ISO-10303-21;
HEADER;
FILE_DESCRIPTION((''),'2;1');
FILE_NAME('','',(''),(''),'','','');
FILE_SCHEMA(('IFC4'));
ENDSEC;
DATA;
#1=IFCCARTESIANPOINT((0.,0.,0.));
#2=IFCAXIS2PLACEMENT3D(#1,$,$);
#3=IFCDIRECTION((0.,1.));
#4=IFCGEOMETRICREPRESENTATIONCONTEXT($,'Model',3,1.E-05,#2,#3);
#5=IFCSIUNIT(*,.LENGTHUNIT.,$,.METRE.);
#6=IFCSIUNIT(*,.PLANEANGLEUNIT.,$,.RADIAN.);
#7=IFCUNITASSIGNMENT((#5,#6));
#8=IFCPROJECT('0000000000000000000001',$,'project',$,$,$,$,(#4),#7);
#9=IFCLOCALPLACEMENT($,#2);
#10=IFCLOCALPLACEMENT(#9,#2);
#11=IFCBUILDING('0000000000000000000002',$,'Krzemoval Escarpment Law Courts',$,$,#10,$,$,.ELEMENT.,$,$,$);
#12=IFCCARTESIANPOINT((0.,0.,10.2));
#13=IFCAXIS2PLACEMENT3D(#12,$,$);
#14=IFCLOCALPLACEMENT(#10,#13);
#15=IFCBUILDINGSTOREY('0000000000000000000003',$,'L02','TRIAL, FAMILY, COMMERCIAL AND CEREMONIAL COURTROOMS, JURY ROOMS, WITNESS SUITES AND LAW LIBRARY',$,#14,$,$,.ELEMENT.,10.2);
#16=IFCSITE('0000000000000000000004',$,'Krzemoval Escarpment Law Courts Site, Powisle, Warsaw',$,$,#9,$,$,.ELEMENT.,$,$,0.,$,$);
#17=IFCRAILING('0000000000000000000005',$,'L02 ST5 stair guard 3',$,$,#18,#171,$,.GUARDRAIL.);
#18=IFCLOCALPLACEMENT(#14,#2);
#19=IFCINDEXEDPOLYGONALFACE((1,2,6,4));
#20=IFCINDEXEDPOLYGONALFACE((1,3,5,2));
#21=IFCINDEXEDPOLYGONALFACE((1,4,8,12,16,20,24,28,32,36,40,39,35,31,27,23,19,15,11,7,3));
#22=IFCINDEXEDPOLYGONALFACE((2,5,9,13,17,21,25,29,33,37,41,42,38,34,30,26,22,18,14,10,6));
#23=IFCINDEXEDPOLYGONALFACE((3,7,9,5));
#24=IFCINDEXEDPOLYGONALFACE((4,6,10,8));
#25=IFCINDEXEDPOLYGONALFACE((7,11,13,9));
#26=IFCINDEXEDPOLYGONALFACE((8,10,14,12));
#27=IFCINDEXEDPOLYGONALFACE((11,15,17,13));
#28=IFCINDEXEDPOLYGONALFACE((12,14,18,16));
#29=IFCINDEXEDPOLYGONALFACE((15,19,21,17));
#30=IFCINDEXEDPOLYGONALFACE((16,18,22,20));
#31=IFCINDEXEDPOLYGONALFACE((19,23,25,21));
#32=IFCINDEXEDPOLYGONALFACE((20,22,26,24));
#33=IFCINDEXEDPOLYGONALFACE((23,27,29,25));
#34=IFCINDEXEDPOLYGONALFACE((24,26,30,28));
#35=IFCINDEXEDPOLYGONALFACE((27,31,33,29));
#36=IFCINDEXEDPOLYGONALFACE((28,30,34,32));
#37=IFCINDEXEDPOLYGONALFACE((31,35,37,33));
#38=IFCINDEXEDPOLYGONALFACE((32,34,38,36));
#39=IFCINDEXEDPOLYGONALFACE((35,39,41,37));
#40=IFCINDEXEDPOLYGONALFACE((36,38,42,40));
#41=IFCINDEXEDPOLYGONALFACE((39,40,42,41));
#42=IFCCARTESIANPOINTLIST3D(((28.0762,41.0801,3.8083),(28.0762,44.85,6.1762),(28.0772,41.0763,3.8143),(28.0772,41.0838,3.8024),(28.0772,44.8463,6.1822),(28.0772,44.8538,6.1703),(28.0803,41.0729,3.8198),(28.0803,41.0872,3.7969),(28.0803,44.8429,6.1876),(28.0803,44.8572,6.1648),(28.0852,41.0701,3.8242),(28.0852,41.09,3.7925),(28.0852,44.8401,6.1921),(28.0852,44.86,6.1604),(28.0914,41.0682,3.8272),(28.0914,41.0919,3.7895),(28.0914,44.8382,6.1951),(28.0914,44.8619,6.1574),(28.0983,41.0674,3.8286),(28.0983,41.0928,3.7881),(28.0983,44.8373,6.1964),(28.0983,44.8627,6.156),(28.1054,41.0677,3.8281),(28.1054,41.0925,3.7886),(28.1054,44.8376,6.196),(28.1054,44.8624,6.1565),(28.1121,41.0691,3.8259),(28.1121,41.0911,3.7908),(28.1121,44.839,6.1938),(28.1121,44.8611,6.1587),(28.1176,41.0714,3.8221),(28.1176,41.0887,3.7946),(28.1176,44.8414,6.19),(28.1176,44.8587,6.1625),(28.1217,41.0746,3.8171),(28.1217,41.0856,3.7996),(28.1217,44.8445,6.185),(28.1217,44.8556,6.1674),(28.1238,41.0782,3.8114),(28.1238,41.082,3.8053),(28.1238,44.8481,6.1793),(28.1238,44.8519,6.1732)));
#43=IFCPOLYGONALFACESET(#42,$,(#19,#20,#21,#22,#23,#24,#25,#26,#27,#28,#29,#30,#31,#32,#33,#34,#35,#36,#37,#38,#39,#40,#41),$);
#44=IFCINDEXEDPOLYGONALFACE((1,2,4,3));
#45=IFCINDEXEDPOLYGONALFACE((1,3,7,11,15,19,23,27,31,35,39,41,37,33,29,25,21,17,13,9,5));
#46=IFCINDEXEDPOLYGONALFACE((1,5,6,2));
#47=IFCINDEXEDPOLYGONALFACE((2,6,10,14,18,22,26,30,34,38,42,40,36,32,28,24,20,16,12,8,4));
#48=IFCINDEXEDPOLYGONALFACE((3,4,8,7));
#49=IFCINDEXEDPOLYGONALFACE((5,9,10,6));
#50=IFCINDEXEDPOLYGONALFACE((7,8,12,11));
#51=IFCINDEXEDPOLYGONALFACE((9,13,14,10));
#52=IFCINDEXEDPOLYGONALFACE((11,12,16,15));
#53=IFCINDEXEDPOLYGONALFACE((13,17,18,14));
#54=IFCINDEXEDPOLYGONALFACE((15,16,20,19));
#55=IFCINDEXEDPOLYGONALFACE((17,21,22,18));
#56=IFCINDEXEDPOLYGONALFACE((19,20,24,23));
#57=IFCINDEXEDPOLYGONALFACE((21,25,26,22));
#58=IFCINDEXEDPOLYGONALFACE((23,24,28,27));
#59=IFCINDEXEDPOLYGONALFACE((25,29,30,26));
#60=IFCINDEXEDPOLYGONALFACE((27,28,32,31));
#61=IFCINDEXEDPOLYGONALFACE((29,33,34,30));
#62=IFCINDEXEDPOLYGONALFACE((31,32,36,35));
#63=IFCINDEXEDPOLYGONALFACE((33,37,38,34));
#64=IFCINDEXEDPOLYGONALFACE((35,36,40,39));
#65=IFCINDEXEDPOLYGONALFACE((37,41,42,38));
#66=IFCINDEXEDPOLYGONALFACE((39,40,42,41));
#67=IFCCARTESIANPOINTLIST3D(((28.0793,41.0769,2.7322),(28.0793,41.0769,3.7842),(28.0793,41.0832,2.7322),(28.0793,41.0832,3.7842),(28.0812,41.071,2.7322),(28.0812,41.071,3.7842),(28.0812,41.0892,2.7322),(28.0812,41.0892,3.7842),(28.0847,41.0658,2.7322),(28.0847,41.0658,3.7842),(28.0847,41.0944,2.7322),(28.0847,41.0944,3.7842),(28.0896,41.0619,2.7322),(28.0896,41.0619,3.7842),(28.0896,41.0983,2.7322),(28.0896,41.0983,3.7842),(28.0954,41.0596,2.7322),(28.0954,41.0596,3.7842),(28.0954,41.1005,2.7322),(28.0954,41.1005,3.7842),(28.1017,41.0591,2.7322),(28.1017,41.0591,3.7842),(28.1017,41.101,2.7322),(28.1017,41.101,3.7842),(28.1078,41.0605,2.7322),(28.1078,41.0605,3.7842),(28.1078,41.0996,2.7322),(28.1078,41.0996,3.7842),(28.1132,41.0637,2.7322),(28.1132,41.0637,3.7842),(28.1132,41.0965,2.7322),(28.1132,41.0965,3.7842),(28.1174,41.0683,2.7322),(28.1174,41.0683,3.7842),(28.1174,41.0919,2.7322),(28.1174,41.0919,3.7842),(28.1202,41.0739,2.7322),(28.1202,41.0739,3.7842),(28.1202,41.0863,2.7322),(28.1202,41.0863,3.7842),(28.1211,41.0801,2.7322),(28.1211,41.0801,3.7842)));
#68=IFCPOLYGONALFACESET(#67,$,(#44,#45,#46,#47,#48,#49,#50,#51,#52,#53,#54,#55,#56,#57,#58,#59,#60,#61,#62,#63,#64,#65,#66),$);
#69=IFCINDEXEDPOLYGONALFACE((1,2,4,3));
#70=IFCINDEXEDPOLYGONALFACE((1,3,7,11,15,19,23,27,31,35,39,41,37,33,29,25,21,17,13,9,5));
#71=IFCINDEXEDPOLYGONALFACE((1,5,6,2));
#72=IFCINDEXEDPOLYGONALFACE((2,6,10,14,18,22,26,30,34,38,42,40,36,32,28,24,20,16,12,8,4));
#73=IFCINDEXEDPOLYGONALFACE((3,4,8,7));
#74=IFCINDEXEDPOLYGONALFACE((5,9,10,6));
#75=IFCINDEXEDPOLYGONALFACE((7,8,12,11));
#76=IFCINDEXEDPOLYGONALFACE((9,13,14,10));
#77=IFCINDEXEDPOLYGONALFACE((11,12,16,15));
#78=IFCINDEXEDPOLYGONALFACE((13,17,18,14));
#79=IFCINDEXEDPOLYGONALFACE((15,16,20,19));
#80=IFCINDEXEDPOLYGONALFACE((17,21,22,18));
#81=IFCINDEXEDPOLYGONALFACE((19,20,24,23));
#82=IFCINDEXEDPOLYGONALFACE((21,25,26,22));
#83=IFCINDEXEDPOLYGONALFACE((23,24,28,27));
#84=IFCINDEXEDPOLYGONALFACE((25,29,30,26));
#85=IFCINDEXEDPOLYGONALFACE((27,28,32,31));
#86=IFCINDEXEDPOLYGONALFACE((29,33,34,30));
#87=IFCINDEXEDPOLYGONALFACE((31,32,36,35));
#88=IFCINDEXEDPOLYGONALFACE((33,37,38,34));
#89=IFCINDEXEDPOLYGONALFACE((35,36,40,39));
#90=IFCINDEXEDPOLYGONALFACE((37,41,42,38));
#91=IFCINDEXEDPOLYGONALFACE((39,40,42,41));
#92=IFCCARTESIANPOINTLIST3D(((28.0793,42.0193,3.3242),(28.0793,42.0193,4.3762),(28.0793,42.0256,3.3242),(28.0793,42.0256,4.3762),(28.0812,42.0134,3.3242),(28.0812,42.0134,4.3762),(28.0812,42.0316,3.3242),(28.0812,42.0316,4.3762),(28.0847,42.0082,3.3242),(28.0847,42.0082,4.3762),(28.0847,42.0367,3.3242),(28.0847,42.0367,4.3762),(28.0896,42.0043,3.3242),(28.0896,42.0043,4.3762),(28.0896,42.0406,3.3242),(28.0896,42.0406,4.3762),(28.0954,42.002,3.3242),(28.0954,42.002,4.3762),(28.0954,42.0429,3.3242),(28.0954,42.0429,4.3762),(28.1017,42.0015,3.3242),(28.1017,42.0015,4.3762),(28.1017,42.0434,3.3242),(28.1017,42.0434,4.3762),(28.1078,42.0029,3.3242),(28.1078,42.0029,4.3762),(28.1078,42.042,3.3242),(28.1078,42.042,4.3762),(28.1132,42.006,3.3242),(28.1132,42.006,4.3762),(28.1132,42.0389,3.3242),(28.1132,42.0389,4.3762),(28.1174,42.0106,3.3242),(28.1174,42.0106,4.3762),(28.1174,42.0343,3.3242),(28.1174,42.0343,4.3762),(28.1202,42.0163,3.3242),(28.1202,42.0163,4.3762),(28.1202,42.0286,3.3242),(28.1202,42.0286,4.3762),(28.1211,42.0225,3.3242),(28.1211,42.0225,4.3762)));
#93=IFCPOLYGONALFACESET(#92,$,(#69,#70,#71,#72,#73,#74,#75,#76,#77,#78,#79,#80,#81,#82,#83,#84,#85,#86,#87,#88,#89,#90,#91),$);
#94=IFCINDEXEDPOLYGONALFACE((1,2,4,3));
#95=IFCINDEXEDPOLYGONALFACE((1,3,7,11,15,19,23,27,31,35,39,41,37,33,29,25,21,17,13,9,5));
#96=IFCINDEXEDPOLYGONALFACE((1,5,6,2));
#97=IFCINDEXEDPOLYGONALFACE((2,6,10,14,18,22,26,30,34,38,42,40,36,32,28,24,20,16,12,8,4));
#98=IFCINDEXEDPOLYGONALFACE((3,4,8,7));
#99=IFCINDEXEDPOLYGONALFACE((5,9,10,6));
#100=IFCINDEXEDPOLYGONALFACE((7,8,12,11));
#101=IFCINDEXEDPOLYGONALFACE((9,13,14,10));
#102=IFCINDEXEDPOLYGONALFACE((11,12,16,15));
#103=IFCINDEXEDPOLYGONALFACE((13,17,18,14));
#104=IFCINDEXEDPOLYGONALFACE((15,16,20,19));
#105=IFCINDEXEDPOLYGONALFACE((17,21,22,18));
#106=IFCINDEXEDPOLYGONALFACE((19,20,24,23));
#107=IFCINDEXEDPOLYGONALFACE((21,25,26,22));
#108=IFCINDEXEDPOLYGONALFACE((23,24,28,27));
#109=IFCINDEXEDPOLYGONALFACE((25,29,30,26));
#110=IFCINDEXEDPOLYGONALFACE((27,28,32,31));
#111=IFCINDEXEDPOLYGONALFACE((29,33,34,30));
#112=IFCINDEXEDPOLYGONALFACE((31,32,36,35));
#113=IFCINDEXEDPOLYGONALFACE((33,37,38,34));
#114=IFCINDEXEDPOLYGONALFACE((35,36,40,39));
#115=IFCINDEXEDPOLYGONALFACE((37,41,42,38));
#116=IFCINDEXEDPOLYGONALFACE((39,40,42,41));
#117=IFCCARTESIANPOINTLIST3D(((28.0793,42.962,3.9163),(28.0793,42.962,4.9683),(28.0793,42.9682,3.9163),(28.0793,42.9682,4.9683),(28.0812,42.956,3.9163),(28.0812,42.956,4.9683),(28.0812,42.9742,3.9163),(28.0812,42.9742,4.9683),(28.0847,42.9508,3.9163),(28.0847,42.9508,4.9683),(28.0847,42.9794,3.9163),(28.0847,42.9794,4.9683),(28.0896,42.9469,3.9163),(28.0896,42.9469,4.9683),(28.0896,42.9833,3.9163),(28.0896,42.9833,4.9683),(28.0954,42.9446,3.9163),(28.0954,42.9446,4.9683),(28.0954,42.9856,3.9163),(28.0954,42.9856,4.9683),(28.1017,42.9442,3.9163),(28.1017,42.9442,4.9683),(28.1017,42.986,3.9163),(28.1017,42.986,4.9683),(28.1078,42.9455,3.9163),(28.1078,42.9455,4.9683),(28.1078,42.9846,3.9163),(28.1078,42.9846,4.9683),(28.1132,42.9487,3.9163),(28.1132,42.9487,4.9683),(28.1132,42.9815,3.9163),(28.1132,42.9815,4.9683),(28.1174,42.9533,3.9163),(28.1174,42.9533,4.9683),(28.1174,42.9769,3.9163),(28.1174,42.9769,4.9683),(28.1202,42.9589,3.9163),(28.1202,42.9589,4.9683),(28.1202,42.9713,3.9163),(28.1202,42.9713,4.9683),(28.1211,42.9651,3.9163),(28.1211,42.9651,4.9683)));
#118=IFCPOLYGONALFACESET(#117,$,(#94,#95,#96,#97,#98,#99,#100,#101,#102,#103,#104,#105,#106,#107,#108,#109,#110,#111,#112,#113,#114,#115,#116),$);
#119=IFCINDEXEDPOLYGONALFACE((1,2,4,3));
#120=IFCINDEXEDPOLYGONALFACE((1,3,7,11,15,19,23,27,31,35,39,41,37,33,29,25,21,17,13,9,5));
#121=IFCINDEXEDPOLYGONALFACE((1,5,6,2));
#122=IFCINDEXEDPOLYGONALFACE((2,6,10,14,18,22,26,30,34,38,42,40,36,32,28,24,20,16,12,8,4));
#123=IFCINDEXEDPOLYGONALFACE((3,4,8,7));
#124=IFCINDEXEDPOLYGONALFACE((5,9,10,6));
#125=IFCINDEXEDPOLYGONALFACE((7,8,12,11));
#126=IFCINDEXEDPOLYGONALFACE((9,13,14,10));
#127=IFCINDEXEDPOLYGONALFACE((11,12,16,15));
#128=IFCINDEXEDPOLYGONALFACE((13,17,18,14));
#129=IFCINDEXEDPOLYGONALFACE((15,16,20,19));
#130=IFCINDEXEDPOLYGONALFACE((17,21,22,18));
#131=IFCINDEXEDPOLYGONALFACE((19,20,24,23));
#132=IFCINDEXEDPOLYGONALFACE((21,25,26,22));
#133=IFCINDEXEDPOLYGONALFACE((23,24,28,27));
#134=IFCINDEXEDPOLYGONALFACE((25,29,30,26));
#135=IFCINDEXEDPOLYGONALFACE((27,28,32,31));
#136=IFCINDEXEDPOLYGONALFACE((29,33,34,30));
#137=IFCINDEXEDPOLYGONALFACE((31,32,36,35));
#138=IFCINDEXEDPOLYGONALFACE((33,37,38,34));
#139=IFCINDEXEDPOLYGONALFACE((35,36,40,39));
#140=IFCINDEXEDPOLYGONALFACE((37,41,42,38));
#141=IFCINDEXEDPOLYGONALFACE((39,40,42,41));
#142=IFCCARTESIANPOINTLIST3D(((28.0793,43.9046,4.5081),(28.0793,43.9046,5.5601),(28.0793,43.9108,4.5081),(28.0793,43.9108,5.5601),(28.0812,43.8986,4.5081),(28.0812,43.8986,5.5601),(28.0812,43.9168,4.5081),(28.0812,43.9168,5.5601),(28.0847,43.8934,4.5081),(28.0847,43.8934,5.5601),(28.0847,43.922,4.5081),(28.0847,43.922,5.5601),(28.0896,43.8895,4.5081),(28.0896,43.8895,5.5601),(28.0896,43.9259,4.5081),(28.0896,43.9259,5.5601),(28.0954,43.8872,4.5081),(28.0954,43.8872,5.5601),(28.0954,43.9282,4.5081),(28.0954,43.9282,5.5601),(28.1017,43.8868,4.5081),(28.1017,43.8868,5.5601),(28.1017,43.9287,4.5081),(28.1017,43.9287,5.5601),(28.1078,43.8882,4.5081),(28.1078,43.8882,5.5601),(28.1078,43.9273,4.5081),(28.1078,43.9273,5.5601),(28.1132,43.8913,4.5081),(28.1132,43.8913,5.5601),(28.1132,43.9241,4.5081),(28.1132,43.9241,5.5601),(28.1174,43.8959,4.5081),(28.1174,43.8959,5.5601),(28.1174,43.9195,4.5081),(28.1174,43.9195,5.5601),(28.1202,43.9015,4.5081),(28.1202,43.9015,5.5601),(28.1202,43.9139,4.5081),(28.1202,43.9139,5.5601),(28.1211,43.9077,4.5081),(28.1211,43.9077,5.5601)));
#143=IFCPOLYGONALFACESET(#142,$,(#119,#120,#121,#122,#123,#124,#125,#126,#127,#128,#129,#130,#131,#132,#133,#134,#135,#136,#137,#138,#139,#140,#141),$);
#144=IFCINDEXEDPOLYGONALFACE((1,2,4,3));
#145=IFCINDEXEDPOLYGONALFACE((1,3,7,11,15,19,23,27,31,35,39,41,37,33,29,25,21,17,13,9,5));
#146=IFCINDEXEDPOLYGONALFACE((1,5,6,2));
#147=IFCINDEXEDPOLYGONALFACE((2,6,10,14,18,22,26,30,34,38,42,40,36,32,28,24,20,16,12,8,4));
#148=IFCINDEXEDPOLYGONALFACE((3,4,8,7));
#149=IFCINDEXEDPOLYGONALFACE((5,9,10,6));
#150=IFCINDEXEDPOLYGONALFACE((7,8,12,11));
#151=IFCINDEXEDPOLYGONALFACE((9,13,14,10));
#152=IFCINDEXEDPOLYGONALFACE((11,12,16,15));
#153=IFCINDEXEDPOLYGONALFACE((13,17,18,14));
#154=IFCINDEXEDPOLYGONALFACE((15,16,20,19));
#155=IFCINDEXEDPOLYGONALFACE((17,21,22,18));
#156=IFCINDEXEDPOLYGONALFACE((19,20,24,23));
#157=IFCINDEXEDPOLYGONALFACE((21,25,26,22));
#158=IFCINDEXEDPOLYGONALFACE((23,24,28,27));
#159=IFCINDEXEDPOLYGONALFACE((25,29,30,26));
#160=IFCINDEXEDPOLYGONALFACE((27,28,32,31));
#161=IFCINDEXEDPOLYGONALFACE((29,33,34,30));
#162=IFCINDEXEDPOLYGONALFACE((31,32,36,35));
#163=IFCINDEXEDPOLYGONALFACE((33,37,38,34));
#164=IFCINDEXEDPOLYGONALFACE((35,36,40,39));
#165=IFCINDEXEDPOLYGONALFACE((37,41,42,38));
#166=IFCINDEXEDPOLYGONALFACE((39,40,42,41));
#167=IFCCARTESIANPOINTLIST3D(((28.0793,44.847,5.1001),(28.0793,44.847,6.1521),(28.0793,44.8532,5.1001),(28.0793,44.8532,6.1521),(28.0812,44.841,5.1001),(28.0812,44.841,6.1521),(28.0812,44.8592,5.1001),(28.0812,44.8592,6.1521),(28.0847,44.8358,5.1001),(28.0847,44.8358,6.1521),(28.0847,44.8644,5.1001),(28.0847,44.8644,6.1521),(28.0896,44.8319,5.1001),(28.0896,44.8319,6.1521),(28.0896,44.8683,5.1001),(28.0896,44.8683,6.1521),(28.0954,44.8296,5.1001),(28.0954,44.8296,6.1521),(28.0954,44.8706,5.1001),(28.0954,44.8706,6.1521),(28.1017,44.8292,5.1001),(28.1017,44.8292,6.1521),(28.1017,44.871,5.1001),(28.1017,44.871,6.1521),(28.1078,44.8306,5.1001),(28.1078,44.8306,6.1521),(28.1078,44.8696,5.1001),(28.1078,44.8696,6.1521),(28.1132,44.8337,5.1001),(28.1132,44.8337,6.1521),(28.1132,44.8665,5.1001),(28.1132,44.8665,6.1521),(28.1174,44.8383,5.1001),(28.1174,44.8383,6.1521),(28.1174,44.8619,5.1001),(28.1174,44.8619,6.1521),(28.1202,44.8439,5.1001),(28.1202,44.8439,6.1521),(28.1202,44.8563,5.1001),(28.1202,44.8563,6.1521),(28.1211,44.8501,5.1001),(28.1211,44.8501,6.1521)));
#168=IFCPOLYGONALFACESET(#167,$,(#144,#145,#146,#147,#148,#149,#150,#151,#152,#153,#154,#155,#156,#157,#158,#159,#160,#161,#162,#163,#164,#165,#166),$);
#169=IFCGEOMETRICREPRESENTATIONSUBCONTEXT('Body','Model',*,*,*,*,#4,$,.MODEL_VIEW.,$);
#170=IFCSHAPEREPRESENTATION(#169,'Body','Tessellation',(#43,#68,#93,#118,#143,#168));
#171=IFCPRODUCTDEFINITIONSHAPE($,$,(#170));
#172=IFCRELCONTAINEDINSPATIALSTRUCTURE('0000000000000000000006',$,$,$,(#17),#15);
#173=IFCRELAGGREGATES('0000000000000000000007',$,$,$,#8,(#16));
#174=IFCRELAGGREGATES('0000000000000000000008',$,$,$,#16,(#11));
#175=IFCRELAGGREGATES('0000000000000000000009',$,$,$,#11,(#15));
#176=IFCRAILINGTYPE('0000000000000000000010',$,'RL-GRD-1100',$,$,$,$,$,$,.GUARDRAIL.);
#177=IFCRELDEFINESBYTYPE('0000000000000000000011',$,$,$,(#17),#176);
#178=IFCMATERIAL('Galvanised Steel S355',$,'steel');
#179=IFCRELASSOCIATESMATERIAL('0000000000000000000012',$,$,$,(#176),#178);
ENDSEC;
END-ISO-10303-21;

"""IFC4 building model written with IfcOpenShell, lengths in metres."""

from ifc_helpers import new_model, si_unit, direction, frame, origin, origin_2d, place, context, subcontext, project, spatial, circle, extrude, material, type_object, element, save


model = new_model("IFC4")

# Units and contexts
model_context = context("Model", 3, precision=1e-05, world=origin(), true_north=direction((0.0, 1.0)))
body_context = subcontext(model_context, "Body", "Model", "MODEL_VIEW")
ifc_project = project(units=[si_unit("LENGTHUNIT", "METRE"), si_unit("PLANEANGLEUNIT", "RADIAN")], contexts=[model_context])

# Site, building, storey
site_placement = place(None, origin())
site = spatial("IfcSite", under=ifc_project, at=site_placement, Name="Krzemoval Escarpment Law Courts Site, Powisle, Warsaw", CompositionType="ELEMENT", RefElevation=0.0)
building_placement = place(site_placement, origin())
building = spatial("IfcBuilding", under=site, at=building_placement, Name="Krzemoval Escarpment Law Courts", CompositionType="ELEMENT")
storey_placement = place(building_placement, frame((0.0, 0.0, 10.2)))
storey = spatial("IfcBuildingStorey", under=building, at=storey_placement, Name="L02", Description="TRIAL, FAMILY, COMMERCIAL AND CEREMONIAL COURTROOMS, JURY ROOMS, WITNESS SUITES AND LAW LIBRARY", CompositionType="ELEMENT", Elevation=10.2)

# Railing
ifc_material_1 = material(Name="Galvanised Steel S355", Category="steel")
railing_type_1 = type_object("IfcRailingType", Name="RL-GRD-1100", PredefinedType="GUARDRAIL", material=ifc_material_1)
railing_1_placement = place(storey_placement, frame((28.1001, 41.0801, 2.7322)))
element("IfcRailing", 1, at=railing_1_placement, inside=storey, type_object=railing_type_1, Name="L02 ST5 stair guard 3", PredefinedType="GUARDRAIL", context=body_context, shape_type="SweptSolid", body=[
    extrude(circle(Radius=0.0239, at=origin_2d()), frame((0.0, 0.0, 1.0762), z_axis=(0.0, 0.846819, 0.531881), x_axis=(-1.0, 0.0, 0.0)), (0.0, 0.0, 1.0), 4.4519),
    extrude(circle(Radius=0.021, at=origin_2d()), origin(), (0.0, 0.0, 1.0), 1.052),
    extrude(circle(Radius=0.021, at=origin_2d()), frame((0.0, 0.9424, 0.592)), (0.0, 0.0, 1.0), 1.052),
    extrude(circle(Radius=0.021, at=origin_2d()), frame((0.0, 1.885, 1.1841)), (0.0, 0.0, 1.0), 1.052),
    extrude(circle(Radius=0.021, at=origin_2d()), frame((0.0, 2.8276, 1.7759)), (0.0, 0.0, 1.0), 1.052),
    extrude(circle(Radius=0.021, at=origin_2d()), frame((0.0, 3.77, 2.3679)), (0.0, 0.0, 1.0), 1.052),
])

save(model, "model.ifc")
